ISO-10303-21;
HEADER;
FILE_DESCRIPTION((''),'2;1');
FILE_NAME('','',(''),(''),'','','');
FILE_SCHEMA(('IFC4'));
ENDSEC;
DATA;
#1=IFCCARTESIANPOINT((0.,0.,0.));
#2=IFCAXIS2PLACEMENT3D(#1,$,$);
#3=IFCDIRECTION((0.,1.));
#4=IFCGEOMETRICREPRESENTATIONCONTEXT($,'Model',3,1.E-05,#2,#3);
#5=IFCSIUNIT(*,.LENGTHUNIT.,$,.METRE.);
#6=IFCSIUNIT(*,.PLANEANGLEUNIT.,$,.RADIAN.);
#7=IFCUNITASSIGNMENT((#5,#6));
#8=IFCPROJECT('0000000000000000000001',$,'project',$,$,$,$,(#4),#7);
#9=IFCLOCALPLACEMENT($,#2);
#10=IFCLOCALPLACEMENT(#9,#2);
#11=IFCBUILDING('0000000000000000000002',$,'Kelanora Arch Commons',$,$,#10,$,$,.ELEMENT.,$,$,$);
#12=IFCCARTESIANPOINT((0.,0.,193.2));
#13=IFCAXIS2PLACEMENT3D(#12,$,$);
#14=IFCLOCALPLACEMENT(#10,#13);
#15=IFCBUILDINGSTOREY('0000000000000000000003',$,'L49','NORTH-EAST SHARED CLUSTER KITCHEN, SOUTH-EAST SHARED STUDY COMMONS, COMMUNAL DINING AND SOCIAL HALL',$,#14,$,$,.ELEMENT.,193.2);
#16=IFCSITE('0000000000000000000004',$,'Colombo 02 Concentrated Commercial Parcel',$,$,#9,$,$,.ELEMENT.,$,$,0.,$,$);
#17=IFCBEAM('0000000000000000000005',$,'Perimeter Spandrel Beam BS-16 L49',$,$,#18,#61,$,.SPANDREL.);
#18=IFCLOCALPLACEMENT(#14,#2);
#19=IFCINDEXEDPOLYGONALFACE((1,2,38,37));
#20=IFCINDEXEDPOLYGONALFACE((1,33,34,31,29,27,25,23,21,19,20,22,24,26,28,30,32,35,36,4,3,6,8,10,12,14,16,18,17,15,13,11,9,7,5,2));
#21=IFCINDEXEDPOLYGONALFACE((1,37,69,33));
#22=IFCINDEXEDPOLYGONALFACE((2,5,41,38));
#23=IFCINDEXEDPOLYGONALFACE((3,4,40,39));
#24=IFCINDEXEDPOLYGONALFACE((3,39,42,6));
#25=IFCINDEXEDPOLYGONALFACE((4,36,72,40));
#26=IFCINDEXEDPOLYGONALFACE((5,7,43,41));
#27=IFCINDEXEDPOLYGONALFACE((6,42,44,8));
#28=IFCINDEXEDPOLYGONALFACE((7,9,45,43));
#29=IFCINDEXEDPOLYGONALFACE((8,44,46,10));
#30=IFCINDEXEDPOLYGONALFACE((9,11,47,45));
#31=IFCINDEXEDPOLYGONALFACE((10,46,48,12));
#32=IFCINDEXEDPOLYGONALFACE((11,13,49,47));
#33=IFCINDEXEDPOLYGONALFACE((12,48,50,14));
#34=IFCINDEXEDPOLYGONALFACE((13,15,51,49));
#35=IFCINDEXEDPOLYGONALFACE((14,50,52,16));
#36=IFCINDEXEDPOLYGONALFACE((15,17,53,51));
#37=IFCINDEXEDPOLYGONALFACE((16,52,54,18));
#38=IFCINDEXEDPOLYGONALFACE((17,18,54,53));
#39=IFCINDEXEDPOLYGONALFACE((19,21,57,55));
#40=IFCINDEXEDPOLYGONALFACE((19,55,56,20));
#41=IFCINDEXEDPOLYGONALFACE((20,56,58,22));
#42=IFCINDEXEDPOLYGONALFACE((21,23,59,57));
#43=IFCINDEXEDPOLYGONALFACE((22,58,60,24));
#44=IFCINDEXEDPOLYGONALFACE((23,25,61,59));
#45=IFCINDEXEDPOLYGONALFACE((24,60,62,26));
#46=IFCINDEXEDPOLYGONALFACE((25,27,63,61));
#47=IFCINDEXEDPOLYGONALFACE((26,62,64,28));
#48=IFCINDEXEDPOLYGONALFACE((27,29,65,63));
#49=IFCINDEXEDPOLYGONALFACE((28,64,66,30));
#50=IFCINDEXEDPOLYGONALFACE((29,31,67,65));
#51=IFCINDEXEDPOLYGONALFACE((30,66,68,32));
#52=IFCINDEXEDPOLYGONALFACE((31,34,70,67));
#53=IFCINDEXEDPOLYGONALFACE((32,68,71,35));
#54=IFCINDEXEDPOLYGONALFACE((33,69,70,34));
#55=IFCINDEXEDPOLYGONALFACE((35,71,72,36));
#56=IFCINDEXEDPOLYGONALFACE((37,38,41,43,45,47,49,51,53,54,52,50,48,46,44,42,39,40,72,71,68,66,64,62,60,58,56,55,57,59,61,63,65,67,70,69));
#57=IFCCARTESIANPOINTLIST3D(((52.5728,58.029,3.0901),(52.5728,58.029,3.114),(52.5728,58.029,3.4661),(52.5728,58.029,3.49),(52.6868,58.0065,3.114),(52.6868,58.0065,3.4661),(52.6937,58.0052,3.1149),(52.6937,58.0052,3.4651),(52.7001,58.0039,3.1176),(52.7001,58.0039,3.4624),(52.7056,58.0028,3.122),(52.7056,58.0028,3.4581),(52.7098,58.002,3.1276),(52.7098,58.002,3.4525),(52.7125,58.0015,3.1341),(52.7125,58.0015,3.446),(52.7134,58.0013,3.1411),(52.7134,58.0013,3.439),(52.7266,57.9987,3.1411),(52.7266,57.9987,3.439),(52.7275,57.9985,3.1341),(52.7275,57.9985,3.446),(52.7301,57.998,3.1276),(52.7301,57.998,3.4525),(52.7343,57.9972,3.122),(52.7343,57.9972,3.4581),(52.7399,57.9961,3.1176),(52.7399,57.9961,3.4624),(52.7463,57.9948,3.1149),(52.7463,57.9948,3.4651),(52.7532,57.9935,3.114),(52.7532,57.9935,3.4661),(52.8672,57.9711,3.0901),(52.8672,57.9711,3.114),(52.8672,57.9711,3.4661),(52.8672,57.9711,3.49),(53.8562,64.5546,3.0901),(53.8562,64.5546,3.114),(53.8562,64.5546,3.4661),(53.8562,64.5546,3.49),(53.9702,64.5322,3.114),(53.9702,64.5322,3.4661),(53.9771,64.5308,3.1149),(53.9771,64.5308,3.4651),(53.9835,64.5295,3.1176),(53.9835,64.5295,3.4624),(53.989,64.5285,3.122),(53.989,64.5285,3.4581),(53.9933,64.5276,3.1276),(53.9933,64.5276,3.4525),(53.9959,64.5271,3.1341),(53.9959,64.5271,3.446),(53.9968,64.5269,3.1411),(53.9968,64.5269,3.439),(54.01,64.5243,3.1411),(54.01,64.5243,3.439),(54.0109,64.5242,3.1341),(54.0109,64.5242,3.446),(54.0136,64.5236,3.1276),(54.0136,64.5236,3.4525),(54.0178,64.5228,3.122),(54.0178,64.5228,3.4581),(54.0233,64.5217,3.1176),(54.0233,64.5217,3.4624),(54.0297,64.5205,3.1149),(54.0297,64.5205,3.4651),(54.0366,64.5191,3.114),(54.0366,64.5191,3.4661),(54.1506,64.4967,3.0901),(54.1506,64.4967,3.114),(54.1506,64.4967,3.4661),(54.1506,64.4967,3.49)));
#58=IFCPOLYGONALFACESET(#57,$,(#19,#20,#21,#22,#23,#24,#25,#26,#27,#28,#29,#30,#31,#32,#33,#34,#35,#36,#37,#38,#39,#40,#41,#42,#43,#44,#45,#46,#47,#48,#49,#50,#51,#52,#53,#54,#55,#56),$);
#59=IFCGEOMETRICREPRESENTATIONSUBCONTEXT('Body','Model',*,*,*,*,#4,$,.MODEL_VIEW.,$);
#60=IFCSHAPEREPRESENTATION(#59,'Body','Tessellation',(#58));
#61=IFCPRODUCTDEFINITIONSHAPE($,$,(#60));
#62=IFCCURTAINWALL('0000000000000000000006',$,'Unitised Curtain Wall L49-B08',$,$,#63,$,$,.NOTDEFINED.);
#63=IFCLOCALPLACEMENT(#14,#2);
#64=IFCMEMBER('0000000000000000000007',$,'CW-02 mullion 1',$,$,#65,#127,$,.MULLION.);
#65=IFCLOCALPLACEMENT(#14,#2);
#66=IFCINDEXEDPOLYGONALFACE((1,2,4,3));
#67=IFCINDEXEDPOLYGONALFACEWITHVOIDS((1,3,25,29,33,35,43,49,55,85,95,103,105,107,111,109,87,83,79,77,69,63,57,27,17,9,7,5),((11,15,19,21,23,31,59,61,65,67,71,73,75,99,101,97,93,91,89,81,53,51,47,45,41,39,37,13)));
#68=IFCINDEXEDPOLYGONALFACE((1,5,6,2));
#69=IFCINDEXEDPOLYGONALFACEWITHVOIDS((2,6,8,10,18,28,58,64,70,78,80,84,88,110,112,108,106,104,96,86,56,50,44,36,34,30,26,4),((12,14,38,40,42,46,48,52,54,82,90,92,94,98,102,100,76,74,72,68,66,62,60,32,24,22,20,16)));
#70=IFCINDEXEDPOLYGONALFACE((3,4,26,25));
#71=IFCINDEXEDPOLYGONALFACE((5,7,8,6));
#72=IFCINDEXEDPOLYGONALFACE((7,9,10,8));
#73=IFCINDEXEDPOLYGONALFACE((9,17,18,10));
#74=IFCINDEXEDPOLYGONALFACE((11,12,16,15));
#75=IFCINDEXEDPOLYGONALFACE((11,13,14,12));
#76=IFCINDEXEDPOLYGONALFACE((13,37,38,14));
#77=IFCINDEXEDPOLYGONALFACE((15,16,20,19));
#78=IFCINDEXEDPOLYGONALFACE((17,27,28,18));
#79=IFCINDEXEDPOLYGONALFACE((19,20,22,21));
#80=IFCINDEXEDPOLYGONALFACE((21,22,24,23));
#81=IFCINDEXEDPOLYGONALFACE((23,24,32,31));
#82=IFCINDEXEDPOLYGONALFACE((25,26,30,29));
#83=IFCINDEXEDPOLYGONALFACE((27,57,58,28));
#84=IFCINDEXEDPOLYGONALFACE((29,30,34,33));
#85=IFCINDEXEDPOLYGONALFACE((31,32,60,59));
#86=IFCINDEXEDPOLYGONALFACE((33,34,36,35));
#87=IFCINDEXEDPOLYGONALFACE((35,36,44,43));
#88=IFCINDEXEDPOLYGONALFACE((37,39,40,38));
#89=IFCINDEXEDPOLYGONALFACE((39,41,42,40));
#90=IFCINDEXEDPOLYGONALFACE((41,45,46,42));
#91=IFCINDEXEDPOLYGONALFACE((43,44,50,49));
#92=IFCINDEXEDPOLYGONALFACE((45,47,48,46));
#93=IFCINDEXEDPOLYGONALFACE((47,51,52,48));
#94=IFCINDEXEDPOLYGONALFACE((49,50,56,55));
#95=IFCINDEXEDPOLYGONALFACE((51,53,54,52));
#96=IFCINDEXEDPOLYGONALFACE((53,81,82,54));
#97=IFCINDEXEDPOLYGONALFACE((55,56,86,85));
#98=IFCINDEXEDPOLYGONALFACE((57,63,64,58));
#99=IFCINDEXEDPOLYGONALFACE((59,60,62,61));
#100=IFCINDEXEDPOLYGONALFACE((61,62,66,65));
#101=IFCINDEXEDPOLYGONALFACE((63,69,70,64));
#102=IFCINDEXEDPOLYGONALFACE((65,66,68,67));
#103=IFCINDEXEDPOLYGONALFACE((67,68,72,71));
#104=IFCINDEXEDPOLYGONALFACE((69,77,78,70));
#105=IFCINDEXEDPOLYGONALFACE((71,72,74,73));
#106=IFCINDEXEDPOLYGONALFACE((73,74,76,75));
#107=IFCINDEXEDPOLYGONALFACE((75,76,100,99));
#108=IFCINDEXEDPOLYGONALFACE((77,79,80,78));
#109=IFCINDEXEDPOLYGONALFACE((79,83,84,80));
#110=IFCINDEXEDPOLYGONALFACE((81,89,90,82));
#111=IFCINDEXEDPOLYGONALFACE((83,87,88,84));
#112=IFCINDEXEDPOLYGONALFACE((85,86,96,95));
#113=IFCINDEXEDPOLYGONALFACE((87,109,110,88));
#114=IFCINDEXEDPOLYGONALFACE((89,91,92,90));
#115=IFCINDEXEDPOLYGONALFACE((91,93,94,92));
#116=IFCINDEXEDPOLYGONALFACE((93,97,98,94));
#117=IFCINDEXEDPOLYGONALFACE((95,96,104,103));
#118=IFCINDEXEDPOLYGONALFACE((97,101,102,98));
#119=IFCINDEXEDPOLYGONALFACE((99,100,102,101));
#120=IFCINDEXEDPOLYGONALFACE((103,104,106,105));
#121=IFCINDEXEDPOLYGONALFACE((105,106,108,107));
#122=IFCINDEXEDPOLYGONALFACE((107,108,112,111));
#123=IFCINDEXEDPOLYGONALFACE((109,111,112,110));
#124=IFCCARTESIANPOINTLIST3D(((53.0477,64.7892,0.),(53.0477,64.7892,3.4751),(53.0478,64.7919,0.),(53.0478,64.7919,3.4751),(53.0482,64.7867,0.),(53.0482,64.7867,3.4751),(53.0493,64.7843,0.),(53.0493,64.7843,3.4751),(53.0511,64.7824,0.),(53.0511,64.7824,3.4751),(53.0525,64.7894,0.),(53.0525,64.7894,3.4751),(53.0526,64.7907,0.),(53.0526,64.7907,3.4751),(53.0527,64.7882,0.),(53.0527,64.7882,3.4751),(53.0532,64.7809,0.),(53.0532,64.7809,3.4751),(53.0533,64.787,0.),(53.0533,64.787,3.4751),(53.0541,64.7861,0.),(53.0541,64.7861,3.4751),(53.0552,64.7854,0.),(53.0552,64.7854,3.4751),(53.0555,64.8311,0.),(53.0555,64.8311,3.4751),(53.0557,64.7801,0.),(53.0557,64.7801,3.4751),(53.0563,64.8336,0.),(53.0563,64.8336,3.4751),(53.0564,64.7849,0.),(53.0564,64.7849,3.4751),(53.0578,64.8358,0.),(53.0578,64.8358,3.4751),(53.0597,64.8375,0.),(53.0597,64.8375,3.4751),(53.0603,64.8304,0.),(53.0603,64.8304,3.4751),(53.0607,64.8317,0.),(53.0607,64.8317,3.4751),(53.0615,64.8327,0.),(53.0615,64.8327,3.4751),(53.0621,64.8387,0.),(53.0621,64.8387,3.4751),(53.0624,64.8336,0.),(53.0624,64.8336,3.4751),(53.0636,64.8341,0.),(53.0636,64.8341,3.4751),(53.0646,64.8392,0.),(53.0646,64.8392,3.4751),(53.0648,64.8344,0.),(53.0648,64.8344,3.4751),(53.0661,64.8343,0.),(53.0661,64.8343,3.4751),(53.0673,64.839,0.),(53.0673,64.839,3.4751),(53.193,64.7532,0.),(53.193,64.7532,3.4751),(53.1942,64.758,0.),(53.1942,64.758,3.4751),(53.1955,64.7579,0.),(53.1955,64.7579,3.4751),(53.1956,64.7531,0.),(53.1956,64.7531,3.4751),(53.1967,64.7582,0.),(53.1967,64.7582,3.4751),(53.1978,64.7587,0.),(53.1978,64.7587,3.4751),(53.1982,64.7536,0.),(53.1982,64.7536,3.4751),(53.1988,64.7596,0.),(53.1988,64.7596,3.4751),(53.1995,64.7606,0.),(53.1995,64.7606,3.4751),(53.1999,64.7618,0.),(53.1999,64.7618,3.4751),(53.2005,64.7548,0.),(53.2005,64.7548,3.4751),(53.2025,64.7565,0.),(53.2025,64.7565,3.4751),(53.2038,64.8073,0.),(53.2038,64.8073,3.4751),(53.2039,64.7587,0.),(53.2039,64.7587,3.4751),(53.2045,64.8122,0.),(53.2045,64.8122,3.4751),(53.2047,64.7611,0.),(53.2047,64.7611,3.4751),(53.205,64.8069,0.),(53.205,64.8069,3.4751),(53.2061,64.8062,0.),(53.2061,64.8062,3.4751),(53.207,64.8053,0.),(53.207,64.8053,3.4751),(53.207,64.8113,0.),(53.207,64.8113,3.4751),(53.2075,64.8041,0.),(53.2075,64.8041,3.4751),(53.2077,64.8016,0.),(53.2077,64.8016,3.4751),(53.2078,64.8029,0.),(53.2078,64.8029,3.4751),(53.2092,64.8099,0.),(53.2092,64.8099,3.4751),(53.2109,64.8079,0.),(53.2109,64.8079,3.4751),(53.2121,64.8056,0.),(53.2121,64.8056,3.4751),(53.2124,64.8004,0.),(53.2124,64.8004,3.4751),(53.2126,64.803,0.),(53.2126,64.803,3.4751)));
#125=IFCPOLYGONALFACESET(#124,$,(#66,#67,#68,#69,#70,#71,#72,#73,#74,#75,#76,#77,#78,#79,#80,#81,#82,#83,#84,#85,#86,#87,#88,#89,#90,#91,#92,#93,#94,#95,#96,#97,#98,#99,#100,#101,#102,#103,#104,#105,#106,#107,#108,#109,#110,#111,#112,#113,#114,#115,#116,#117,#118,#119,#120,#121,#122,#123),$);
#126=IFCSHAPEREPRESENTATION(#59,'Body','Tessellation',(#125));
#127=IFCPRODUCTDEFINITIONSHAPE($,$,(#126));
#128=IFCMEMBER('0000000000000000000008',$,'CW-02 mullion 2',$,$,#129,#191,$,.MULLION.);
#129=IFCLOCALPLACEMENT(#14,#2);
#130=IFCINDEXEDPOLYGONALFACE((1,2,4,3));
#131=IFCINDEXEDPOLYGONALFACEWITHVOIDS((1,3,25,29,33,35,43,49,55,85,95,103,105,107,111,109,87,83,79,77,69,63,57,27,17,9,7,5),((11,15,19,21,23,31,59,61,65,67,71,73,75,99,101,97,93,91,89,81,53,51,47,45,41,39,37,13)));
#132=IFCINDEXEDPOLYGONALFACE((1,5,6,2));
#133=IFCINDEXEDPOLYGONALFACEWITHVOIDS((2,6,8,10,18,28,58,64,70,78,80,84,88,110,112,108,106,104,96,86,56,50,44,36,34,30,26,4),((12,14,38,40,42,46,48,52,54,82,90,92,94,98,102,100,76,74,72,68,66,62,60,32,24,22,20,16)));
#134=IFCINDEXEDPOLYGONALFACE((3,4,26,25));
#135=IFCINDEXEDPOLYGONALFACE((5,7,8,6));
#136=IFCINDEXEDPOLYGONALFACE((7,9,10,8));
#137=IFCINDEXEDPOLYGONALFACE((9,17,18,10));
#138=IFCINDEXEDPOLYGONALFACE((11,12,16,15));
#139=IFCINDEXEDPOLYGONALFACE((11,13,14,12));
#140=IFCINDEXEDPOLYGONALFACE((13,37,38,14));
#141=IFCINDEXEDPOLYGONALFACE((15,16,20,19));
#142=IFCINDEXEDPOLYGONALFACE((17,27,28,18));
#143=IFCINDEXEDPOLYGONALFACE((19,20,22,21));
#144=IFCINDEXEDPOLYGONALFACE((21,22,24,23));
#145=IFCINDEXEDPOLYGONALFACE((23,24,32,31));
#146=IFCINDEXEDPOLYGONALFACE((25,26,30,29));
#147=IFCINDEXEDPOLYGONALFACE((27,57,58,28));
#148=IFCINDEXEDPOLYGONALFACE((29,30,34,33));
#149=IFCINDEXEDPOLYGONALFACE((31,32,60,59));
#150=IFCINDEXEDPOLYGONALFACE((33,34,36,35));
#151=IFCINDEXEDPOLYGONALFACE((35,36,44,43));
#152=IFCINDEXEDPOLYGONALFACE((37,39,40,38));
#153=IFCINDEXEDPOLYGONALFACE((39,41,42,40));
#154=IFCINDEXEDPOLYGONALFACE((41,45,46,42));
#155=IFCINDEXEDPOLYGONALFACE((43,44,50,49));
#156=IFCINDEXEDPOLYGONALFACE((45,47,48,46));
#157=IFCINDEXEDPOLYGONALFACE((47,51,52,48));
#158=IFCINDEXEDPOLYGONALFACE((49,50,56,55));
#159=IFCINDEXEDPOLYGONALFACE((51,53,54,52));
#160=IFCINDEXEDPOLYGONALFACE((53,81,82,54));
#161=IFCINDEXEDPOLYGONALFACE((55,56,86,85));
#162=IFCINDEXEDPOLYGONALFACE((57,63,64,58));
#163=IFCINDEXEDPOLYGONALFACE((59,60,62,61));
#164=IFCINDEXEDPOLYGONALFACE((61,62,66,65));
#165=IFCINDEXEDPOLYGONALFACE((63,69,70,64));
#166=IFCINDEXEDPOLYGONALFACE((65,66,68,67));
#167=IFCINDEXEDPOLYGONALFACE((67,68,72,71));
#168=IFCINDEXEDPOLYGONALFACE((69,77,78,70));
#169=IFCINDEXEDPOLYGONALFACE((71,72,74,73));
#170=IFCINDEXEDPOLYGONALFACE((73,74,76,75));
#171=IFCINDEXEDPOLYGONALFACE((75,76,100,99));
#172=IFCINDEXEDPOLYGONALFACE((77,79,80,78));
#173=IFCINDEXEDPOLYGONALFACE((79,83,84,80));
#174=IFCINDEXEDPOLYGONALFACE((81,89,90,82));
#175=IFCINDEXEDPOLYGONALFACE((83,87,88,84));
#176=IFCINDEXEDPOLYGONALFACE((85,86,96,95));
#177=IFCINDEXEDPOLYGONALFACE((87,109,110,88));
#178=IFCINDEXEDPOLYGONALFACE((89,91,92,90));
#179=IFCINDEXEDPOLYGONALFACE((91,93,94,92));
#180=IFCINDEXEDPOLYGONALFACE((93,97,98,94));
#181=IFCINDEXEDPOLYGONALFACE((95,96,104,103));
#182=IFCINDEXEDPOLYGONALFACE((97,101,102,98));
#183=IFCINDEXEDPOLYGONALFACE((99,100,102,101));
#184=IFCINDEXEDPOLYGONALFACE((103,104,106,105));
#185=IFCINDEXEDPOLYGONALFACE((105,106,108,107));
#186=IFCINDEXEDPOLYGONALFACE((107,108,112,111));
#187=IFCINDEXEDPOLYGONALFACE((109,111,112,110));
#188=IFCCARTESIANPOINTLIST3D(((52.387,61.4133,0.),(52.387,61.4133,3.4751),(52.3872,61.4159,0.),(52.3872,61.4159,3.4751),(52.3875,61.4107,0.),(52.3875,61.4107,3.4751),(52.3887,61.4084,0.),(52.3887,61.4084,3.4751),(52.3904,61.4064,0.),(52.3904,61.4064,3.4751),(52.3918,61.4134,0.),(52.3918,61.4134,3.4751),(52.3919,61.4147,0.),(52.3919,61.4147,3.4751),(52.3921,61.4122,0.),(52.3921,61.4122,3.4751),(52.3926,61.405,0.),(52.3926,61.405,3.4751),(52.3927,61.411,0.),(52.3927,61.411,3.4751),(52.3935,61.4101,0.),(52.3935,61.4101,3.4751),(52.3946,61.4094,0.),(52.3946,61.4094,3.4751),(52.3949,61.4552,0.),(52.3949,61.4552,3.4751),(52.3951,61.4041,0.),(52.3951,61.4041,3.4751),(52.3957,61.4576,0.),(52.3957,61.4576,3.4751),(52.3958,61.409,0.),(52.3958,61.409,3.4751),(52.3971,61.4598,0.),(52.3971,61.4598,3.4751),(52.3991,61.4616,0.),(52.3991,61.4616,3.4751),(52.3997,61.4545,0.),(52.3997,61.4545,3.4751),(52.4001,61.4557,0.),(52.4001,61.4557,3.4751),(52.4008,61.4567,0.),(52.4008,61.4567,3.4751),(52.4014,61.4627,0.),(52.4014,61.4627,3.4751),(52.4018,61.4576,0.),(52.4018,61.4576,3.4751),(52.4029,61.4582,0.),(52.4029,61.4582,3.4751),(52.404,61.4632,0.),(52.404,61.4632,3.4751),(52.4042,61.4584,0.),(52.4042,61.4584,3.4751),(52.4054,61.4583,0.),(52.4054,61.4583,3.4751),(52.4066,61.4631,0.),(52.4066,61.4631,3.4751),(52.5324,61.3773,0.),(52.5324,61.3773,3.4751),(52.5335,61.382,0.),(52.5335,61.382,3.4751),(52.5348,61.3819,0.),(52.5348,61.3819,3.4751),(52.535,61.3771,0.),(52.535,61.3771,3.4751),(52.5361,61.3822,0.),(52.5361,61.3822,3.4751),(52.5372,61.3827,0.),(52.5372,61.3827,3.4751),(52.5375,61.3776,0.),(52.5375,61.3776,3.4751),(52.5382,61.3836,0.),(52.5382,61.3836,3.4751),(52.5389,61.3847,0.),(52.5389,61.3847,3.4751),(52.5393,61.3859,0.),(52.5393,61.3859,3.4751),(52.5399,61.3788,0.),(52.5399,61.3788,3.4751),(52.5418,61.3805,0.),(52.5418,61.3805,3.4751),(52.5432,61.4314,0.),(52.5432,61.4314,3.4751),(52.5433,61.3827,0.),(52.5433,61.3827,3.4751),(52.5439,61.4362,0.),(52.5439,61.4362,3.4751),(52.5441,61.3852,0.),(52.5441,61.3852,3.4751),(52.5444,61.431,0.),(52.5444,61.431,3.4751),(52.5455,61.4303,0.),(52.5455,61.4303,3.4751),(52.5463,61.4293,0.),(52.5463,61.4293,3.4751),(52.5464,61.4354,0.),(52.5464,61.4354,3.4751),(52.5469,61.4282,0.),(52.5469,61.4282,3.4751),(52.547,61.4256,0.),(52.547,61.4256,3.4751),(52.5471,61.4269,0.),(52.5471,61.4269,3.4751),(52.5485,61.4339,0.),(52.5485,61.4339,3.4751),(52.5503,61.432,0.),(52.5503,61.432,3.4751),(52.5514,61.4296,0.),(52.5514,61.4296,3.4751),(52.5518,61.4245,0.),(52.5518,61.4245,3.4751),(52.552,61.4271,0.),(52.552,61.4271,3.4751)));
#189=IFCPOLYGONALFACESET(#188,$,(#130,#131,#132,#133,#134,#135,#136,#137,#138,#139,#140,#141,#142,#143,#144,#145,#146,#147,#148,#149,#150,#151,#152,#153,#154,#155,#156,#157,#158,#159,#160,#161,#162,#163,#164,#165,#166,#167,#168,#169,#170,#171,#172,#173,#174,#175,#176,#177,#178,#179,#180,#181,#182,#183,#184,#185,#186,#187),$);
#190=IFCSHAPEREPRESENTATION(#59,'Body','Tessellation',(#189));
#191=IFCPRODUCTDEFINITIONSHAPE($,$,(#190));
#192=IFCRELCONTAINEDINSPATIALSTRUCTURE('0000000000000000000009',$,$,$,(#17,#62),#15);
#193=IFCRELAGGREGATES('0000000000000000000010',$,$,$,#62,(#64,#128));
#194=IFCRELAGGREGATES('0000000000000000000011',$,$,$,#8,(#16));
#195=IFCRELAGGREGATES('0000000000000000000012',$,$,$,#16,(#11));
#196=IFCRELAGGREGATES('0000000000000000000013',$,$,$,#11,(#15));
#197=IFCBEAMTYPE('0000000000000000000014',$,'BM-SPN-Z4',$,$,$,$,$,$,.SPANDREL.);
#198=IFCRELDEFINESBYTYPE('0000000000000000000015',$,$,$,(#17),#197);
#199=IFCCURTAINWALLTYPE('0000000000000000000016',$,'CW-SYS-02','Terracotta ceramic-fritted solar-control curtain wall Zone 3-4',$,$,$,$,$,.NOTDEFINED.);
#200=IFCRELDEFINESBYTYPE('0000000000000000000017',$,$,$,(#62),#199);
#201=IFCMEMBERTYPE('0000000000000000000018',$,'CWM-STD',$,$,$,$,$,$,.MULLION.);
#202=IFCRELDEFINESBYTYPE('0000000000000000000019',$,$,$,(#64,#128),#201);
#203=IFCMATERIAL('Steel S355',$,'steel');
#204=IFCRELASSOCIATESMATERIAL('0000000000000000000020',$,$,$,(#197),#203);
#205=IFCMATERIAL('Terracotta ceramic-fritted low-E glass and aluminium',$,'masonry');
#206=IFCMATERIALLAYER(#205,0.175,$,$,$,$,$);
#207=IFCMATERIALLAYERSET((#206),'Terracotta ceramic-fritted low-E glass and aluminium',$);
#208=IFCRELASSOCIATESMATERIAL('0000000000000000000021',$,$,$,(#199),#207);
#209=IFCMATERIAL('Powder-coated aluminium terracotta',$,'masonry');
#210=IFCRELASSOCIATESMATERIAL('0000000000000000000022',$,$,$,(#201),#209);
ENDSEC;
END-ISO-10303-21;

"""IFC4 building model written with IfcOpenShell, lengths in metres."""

from ifc_helpers import new_model, si_unit, direction, frame, origin, origin_2d, place, context, subcontext, project, spatial, hollow_rectangle, i_section, extrude, material, layer, layer_set, material_profile, profile_set, type_object, element, aggregate, save


model = new_model("IFC4")

# Units and contexts
model_context = context("Model", 3, precision=1e-05, world=origin(), true_north=direction((0.0, 1.0)))
body_context = subcontext(model_context, "Body", "Model", "MODEL_VIEW")
ifc_project = project(units=[si_unit("LENGTHUNIT", "METRE"), si_unit("PLANEANGLEUNIT", "RADIAN")], contexts=[model_context])

# Site, building, storey
site_placement = place(None, origin())
site = spatial("IfcSite", under=ifc_project, at=site_placement, Name="Colombo 02 Concentrated Commercial Parcel", CompositionType="ELEMENT", RefElevation=0.0)
building_placement = place(site_placement, origin())
building = spatial("IfcBuilding", under=site, at=building_placement, Name="Kelanora Arch Commons", CompositionType="ELEMENT")
storey_placement = place(building_placement, frame((0.0, 0.0, 193.2)))
storey = spatial("IfcBuildingStorey", under=building, at=storey_placement, Name="L49", Description="NORTH-EAST SHARED CLUSTER KITCHEN, SOUTH-EAST SHARED STUDY COMMONS, COMMUNAL DINING AND SOCIAL HALL", CompositionType="ELEMENT", Elevation=193.2)

# Beam
ifc_material_1 = material(Name="Steel S355", Category="steel")
ifc_material_profile_1 = material_profile(ifc_material_1, i_section(OverallWidth=0.3, OverallDepth=0.3999, WebThickness=0.0134, FlangeThickness=0.0239, FilletRadius=0.0271, at=origin_2d()), Name="HEB400")
ifc_profile_set_1 = profile_set([ifc_material_profile_1], Name="Steel S355")
beam_type_1 = type_object("IfcBeamType", Name="BM-SPN-Z4", PredefinedType="SPANDREL", material=ifc_profile_set_1)
beam_1_placement = place(storey_placement, frame((54.0034, 64.5256, 3.29), z_axis=(-0.192981, -0.981203, 0.0), x_axis=(0.981203, -0.192981, 0.0)))
element("IfcBeam", 1, at=beam_1_placement, inside=storey, type_object=beam_type_1, Name="Perimeter Spandrel Beam BS-16 L49", PredefinedType="SPANDREL", context=body_context, shape_type="SweptSolid", body=[
    extrude(i_section(OverallWidth=0.3, OverallDepth=0.3999, WebThickness=0.0134, FlangeThickness=0.0239, FilletRadius=0.0271, at=origin_2d()), origin(), (0.0, 0.0, 1.0), 6.6506),
])

# Curtain wall, members
ifc_material_2 = material(Name="Terracotta ceramic-fritted low-E glass and aluminium", Category="masonry")
ifc_layer_1 = layer(ifc_material_2, 0.175)
ifc_layer_set_1 = layer_set([ifc_layer_1], Name="Terracotta ceramic-fritted low-E glass and aluminium")
curtain_wall_type = type_object("IfcCurtainWallType", Name="CW-SYS-02", Description="Terracotta ceramic-fritted solar-control curtain wall Zone 3-4", PredefinedType="NOTDEFINED", material=ifc_layer_set_1)
curtain_wall_placement = place(storey_placement, origin())
curtain_wall = element("IfcCurtainWall", 2, at=curtain_wall_placement, inside=storey, type_object=curtain_wall_type, Name="Unitised Curtain Wall L49-B08", PredefinedType="NOTDEFINED")
ifc_material_3 = material(Name="Powder-coated aluminium terracotta", Category="masonry")
ifc_material_profile_2 = material_profile(ifc_material_3, hollow_rectangle(XDim=0.1599, YDim=0.0601, WallThickness=0.0049, InnerFilletRadius=0.0049, OuterFilletRadius=0.01, at=origin_2d()), Name="CWM160x60")
ifc_profile_set_2 = profile_set([ifc_material_profile_2], Name="Powder-coated aluminium terracotta")
member_type_1 = type_object("IfcMemberType", Name="CWM-STD", PredefinedType="MULLION", material=ifc_profile_set_2)
member_1_placement = place(storey_placement, frame((53.1301, 64.7961, 0.0), z_axis=(0.0, 0.0, 1.0), x_axis=(0.981381, -0.192069, 0.0)))
member_1 = element("IfcMember", 3, at=member_1_placement, type_object=member_type_1, Name="CW-02 mullion 1", PredefinedType="MULLION", context=body_context, shape_type="SweptSolid", body=[
    extrude(hollow_rectangle(XDim=0.1599, YDim=0.0601, WallThickness=0.0049, InnerFilletRadius=0.0049, OuterFilletRadius=0.01, at=origin_2d()), origin(), (0.0, 0.0, 1.0), 3.4751),
])
member_2_placement = place(storey_placement, frame((52.4695, 61.4202, 0.0), z_axis=(0.0, 0.0, 1.0), x_axis=(0.981381, -0.192069, 0.0)))
member_2 = element("IfcMember", 4, at=member_2_placement, type_object=member_type_1, Name="CW-02 mullion 2", PredefinedType="MULLION", context=body_context, shape_type="SweptSolid", body=[
    extrude(hollow_rectangle(XDim=0.1599, YDim=0.0601, WallThickness=0.0049, InnerFilletRadius=0.0049, OuterFilletRadius=0.01, at=origin_2d()), origin(), (0.0, 0.0, 1.0), 3.4751),
])
aggregate(curtain_wall, [member_1, member_2])

save(model, "model.ifc")
